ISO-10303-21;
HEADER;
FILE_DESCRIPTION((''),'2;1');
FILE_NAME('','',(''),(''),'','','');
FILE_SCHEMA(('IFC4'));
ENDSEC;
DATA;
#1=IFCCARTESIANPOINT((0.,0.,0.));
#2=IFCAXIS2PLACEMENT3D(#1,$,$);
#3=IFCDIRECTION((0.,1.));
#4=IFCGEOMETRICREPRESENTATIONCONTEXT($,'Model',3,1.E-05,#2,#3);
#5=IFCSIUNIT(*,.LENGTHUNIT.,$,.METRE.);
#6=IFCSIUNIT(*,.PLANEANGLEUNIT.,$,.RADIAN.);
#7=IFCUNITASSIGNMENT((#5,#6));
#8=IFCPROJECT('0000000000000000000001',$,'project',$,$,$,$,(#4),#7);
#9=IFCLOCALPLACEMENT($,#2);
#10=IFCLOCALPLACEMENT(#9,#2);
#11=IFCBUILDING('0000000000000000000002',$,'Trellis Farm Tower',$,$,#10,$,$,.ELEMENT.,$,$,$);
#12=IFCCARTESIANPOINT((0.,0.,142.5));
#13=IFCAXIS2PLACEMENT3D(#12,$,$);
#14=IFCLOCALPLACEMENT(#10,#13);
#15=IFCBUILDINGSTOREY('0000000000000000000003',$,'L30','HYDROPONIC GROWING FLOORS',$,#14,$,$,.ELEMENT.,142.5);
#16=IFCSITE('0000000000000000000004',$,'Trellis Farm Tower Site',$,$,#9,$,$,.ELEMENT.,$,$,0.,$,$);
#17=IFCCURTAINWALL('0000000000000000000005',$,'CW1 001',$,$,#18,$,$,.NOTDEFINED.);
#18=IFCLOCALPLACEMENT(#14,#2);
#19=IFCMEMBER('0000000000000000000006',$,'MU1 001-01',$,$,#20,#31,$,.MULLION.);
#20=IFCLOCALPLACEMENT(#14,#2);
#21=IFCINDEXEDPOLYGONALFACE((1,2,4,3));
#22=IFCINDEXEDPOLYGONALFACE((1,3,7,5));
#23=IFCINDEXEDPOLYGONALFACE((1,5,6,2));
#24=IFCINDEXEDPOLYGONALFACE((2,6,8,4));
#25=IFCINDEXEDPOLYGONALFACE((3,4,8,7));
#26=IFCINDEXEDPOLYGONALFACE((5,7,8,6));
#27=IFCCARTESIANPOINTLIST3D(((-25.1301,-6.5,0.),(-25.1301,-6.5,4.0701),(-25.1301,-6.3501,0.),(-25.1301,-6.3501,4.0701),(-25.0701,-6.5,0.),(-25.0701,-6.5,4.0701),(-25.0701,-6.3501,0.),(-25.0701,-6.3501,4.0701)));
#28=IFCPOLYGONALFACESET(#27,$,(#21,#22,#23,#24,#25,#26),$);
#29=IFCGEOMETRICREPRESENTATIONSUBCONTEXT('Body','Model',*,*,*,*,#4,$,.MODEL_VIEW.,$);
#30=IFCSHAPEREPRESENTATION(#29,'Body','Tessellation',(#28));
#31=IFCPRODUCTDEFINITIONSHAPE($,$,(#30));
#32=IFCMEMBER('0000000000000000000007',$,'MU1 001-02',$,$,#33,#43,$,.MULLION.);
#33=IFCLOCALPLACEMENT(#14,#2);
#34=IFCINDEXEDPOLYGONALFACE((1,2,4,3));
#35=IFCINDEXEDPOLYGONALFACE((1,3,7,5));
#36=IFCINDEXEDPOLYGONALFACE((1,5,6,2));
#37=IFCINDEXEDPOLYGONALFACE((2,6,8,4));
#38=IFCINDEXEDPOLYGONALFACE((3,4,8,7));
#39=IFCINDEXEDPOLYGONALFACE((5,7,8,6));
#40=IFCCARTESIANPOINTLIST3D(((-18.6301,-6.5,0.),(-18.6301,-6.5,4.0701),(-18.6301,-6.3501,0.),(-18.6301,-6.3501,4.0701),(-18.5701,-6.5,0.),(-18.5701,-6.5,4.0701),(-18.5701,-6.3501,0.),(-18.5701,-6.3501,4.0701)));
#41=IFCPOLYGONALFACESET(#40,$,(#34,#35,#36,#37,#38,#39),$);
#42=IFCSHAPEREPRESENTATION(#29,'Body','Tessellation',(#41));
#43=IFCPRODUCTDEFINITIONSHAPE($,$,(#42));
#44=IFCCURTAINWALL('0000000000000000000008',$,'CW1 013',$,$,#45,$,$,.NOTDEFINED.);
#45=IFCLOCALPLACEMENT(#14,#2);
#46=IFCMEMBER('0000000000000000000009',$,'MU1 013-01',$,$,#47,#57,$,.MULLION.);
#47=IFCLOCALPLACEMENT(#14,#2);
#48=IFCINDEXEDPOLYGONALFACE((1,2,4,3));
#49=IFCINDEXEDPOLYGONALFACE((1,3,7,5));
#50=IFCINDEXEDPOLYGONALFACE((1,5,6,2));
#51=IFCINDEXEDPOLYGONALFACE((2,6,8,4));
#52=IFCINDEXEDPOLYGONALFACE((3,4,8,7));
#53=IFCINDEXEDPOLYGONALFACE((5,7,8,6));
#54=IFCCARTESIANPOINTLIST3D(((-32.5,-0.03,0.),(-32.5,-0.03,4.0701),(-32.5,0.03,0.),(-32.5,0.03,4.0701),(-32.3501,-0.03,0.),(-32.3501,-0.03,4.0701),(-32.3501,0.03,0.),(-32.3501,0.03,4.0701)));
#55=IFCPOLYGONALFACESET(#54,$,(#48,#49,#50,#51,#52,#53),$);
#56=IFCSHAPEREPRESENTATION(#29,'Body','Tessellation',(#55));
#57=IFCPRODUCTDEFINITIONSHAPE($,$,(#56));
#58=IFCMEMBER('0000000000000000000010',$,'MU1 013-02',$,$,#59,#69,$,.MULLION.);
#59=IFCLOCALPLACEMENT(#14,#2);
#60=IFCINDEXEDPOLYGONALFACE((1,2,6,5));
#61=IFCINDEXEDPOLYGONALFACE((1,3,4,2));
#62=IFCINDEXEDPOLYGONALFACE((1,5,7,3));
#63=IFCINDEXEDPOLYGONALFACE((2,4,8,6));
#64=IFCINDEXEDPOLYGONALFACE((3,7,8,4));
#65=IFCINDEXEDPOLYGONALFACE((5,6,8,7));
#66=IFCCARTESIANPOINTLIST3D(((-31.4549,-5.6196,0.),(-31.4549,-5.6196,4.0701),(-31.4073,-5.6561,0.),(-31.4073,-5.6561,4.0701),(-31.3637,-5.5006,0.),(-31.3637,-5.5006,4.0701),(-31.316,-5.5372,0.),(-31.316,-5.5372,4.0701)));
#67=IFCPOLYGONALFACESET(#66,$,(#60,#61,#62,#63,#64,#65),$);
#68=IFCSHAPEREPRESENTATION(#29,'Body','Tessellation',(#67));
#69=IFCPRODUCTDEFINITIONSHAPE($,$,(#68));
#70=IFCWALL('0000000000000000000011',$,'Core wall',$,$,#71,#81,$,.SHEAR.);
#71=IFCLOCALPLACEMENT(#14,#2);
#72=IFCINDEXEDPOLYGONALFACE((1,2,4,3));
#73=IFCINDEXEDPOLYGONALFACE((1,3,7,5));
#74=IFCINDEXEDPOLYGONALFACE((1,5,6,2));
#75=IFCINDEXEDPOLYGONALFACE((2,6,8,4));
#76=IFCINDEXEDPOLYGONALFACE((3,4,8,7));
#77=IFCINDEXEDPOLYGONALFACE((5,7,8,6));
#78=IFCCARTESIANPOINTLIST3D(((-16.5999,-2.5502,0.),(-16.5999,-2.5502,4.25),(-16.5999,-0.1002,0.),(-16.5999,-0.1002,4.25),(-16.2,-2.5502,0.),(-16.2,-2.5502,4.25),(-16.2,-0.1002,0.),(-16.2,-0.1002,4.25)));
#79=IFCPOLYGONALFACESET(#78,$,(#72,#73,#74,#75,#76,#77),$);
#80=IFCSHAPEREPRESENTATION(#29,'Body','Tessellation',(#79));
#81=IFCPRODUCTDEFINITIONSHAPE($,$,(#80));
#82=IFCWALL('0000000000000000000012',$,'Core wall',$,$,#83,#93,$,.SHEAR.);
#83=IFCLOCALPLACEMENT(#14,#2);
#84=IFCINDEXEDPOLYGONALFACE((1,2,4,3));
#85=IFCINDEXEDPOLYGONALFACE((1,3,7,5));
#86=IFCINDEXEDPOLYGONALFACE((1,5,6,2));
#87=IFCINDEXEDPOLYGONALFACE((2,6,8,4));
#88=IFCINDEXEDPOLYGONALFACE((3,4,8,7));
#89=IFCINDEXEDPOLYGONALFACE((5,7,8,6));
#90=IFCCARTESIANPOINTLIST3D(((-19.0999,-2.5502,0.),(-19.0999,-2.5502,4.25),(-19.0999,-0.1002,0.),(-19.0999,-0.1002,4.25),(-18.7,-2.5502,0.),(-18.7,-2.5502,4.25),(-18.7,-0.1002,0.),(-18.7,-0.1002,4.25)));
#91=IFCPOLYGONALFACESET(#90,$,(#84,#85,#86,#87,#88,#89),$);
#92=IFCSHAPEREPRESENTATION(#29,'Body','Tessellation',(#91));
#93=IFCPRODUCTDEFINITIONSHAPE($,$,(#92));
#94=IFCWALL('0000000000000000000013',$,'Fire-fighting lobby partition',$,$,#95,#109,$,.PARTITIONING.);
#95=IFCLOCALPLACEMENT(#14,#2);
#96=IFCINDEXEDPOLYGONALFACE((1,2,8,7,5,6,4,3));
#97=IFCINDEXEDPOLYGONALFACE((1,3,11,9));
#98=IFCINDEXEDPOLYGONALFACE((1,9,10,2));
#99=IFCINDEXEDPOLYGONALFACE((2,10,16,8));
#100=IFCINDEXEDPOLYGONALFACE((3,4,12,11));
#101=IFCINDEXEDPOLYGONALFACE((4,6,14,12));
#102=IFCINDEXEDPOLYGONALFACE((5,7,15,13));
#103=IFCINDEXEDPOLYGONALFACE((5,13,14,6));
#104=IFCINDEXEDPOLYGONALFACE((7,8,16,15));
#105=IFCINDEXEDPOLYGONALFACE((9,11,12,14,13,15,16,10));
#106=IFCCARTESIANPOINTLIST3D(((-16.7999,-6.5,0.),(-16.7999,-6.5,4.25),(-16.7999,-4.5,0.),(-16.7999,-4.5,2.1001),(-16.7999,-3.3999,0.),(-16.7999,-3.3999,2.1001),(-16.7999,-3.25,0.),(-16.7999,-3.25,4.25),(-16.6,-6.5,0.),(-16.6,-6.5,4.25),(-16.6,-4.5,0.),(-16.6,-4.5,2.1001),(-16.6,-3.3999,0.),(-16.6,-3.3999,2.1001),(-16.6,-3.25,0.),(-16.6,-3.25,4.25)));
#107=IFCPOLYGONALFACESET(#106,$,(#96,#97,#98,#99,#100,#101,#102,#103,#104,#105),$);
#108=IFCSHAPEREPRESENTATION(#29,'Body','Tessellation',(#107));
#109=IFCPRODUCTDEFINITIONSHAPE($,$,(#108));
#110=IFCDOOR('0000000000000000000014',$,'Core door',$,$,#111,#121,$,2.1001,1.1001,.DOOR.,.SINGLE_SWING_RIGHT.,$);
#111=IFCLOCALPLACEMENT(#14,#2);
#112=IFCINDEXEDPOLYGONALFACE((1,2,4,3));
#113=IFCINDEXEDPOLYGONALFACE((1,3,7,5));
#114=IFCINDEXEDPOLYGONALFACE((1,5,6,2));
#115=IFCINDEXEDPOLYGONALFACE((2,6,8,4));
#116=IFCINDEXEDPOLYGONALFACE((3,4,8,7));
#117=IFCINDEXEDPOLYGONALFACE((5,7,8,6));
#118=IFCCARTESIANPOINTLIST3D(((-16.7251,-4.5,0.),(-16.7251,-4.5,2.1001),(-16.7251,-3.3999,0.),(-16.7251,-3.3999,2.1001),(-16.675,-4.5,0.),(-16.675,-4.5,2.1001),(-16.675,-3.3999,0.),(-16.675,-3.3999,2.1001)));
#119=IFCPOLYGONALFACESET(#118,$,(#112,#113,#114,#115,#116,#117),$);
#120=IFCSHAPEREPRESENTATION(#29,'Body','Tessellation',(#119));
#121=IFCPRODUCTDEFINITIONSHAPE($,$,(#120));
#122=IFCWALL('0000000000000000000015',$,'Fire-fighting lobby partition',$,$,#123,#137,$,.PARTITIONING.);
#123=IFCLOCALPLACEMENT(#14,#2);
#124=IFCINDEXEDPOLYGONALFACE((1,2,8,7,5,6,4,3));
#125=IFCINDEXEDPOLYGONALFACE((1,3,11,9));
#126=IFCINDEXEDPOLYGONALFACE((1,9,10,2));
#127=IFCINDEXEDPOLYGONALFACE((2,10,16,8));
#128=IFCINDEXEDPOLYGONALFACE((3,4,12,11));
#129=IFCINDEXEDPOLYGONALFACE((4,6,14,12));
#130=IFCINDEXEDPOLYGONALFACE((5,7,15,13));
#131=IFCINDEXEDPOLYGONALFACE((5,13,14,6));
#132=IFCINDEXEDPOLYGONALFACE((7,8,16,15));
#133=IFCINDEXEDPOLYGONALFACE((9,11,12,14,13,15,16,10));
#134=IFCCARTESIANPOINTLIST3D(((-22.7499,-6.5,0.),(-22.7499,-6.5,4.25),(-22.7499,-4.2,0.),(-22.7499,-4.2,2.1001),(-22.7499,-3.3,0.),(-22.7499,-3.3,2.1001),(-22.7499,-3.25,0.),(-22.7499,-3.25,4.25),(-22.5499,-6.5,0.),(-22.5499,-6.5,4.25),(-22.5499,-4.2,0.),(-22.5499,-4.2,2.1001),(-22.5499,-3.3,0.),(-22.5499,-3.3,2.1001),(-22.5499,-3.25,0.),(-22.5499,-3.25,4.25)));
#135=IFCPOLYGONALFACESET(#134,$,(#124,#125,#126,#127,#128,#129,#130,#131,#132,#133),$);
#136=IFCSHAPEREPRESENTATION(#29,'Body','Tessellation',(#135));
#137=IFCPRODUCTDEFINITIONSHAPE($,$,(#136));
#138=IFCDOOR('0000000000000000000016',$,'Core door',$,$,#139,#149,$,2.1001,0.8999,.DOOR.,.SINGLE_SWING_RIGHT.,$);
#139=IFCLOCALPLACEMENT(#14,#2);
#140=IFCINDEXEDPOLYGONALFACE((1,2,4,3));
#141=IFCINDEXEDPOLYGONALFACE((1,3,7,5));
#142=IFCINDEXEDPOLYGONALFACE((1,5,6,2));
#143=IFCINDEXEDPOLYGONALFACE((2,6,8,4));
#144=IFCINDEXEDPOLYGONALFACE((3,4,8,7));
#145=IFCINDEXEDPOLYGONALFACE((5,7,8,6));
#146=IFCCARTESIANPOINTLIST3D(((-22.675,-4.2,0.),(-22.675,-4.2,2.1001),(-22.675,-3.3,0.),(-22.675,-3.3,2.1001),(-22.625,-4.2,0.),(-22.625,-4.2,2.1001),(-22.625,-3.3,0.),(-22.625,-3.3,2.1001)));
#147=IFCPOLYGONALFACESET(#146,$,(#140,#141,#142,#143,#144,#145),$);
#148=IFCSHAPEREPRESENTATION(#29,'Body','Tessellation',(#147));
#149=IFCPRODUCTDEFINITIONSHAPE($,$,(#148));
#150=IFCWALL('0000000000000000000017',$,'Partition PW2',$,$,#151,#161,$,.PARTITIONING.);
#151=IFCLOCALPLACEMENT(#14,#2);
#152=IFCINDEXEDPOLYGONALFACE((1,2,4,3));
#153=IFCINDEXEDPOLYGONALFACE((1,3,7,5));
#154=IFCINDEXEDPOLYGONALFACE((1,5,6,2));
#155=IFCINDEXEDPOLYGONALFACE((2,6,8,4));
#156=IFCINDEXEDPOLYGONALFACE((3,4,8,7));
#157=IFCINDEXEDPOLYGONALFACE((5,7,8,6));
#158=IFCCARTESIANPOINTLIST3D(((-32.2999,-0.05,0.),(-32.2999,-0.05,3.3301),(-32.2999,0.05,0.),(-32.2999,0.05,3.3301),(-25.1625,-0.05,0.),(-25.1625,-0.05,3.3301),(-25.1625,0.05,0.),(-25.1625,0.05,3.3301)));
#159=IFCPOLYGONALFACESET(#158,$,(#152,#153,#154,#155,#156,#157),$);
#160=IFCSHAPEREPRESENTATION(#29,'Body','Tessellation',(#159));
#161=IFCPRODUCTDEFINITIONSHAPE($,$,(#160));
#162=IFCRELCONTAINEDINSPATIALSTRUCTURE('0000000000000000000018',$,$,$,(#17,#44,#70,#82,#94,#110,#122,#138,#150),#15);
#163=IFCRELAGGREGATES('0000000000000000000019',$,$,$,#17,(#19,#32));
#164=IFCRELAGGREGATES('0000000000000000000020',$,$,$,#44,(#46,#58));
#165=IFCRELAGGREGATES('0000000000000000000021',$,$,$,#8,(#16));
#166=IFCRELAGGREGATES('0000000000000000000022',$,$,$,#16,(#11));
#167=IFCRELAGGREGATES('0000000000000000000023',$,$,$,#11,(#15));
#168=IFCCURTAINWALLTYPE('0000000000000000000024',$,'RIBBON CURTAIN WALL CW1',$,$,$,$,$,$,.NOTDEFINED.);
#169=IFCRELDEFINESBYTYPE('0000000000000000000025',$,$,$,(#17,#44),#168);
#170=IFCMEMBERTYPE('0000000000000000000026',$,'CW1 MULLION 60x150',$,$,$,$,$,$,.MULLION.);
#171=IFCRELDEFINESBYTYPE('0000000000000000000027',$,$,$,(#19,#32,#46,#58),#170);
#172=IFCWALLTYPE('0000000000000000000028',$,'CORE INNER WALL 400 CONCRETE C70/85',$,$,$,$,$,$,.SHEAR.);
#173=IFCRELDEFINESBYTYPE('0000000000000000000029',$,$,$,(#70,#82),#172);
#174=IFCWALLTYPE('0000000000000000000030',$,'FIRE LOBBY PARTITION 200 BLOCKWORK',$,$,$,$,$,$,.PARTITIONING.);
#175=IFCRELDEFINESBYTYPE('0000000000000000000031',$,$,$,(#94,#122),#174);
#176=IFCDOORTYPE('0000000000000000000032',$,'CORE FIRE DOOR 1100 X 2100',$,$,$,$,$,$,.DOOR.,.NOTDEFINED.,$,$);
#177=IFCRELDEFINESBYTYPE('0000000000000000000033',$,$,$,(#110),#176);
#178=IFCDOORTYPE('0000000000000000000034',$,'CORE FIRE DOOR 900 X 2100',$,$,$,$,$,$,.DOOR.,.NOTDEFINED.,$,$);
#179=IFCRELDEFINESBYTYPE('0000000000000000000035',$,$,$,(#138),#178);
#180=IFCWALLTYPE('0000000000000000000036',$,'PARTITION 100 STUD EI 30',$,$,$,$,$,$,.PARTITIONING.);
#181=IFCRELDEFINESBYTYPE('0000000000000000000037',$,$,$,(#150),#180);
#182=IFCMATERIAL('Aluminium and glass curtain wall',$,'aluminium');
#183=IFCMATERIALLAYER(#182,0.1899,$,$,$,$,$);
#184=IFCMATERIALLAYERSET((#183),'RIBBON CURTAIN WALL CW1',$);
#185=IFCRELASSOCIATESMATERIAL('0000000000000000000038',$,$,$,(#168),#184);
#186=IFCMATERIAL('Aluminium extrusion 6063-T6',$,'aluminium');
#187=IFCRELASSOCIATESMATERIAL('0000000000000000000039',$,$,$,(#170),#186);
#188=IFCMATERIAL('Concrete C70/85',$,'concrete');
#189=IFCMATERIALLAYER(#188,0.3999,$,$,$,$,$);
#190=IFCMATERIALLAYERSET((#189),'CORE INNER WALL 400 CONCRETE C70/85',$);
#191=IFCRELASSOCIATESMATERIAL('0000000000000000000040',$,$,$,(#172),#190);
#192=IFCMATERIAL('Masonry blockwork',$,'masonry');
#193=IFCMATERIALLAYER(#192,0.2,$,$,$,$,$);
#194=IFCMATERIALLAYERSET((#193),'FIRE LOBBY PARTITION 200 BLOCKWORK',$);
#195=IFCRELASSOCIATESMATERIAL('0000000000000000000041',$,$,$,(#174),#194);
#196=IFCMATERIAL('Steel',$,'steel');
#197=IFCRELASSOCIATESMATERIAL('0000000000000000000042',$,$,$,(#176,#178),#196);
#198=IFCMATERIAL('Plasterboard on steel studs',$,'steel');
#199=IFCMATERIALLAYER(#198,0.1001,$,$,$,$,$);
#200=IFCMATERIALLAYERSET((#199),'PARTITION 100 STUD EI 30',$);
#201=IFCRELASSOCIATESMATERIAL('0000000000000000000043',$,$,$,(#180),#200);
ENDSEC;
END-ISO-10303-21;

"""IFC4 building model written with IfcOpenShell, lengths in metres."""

from ifc_helpers import new_model, si_unit, direction, frame, frame_2d, origin, origin_2d, place, context, subcontext, project, spatial, rectangle, extrude, source, transform, mapped, material, layer, layer_set, material_profile, profile_set, type_object, element, fill, aggregate, save


model = new_model("IFC4")

# Units and contexts
model_context = context("Model", 3, precision=1e-05, world=origin(), true_north=direction((0.0, 1.0)))
body_context = subcontext(model_context, "Body", "Model", "MODEL_VIEW")
ifc_project = project(units=[si_unit("LENGTHUNIT", "METRE"), si_unit("PLANEANGLEUNIT", "RADIAN")], contexts=[model_context])

# Site, building, storey
site_placement = place(None, origin())
site = spatial("IfcSite", under=ifc_project, at=site_placement, Name="Trellis Farm Tower Site", CompositionType="ELEMENT", RefElevation=0.0)
building_placement = place(site_placement, origin())
building = spatial("IfcBuilding", under=site, at=building_placement, Name="Trellis Farm Tower", CompositionType="ELEMENT")
storey_placement = place(building_placement, frame((0.0, 0.0, 142.5)))
storey = spatial("IfcBuildingStorey", under=building, at=storey_placement, Name="L30", Description="HYDROPONIC GROWING FLOORS", CompositionType="ELEMENT", Elevation=142.5)

# Curtain walls, members
ifc_material_1 = material(Name="Aluminium and glass curtain wall", Category="aluminium")
ifc_layer_1 = layer(ifc_material_1, 0.1899)
ifc_layer_set_1 = layer_set([ifc_layer_1], Name="RIBBON CURTAIN WALL CW1")
curtain_wall_type = type_object("IfcCurtainWallType", Name="RIBBON CURTAIN WALL CW1", PredefinedType="NOTDEFINED", material=ifc_layer_set_1)
placement = place(storey_placement, origin())
curtain_wall_1 = element("IfcCurtainWall", 1, at=placement, inside=storey, type_object=curtain_wall_type, Name="CW1 001", PredefinedType="NOTDEFINED")
ifc_material_2 = material(Name="Aluminium extrusion 6063-T6", Category="aluminium")
ifc_material_profile_1 = material_profile(ifc_material_2, rectangle(XDim=0.0601, YDim=0.1499, at=origin_2d()), Name="MULLION 60x150")
ifc_profile_set_1 = profile_set([ifc_material_profile_1], Name="Aluminium extrusion 6063-T6")
member_type = type_object("IfcMemberType", Name="CW1 MULLION 60x150", PredefinedType="MULLION", material=ifc_profile_set_1)
shared_shape_1 = source(origin(), body_context, "Body", "SweptSolid", [
    extrude(rectangle(XDim=0.0601, YDim=0.1499, at=origin_2d()), origin(), (0.0, 0.0, 1.0), 4.0701),
])
member_1_placement = place(storey_placement, frame((-25.1001, -6.425, 0.0), z_axis=(0.0, 0.0, 1.0), x_axis=(1.0, 0.0, 0.0)))
member_1 = element("IfcMember", 2, at=member_1_placement, type_object=member_type, Name="MU1 001-01", PredefinedType="MULLION", context=body_context, shape_type="MappedRepresentation", body=[
    mapped(shared_shape_1, transform((0.0, 0.0, 0.0))),
])
member_2_placement = place(storey_placement, frame((-18.6001, -6.425, 0.0), z_axis=(0.0, 0.0, 1.0), x_axis=(1.0, 0.0, 0.0)))
member_2 = element("IfcMember", 3, at=member_2_placement, type_object=member_type, Name="MU1 001-02", PredefinedType="MULLION", context=body_context, shape_type="MappedRepresentation", body=[
    mapped(shared_shape_1, transform((0.0, 0.0, 0.0))),
])
aggregate(curtain_wall_1, [member_1, member_2])
curtain_wall_2 = element("IfcCurtainWall", 4, at=placement, inside=storey, type_object=curtain_wall_type, Name="CW1 013", PredefinedType="NOTDEFINED")
member_3_placement = place(storey_placement, frame((-32.425, 0.0, 0.0), z_axis=(0.0, 0.0, 1.0), x_axis=(0.0, -1.0, 0.0)))
member_3 = element("IfcMember", 5, at=member_3_placement, type_object=member_type, Name="MU1 013-01", PredefinedType="MULLION", context=body_context, shape_type="MappedRepresentation", body=[
    mapped(shared_shape_1, transform((0.0, 0.0, 0.0))),
])
member_4_placement = place(storey_placement, frame((-31.3855, -5.5784, 0.0), z_axis=(0.0, 0.0, 1.0), x_axis=(0.793353, -0.608761, 0.0)))
member_4 = element("IfcMember", 6, at=member_4_placement, type_object=member_type, Name="MU1 013-02", PredefinedType="MULLION", context=body_context, shape_type="MappedRepresentation", body=[
    mapped(shared_shape_1, transform((0.0, 0.0, 0.0))),
])
aggregate(curtain_wall_2, [member_3, member_4])

# Walls
ifc_material_3 = material(Name="Concrete C70/85", Category="concrete")
ifc_layer_2 = layer(ifc_material_3, 0.3999)
ifc_layer_set_2 = layer_set([ifc_layer_2], Name="CORE INNER WALL 400 CONCRETE C70/85")
wall_type_1 = type_object("IfcWallType", Name="CORE INNER WALL 400 CONCRETE C70/85", PredefinedType="SHEAR", material=ifc_layer_set_2)
shared_shape_2 = source(origin(), body_context, "Body", "SweptSolid", [
    extrude(rectangle(XDim=2.45, YDim=0.3999, at=frame_2d((1.2251, 0.0))), origin(), (0.0, 0.0, 1.0), 4.25),
])
for number, where, z_axis, x_axis, name in (
    (7, (-16.3999, -0.1001, 0.0), (0.0, 0.0, 1.0), (0.0, -1.0, 0.0), "Core wall"),
    (8, (-18.8999, -0.1001, 0.0), (0.0, 0.0, 1.0), (0.0, -1.0, 0.0), "Core wall"),
):
    element("IfcWall", number, at=place(storey_placement, frame(where, z_axis=z_axis, x_axis=x_axis)), inside=storey, type_object=wall_type_1, Name=name, PredefinedType="SHEAR", context=body_context, shape_type="MappedRepresentation", body=[
        mapped(shared_shape_2, transform((0.0, 0.0, 0.0))),
    ])

# Walls, openings, doors
ifc_material_4 = material(Name="Masonry blockwork", Category="masonry")
ifc_layer_3 = layer(ifc_material_4, 0.2)
ifc_layer_set_3 = layer_set([ifc_layer_3], Name="FIRE LOBBY PARTITION 200 BLOCKWORK")
wall_type_2 = type_object("IfcWallType", Name="FIRE LOBBY PARTITION 200 BLOCKWORK", PredefinedType="PARTITIONING", material=ifc_layer_set_3)
shared_shape_3 = source(origin(), body_context, "Body", "SweptSolid", [
    extrude(rectangle(XDim=3.25, YDim=0.2, at=frame_2d((1.625, 0.0))), origin(), (0.0, 0.0, 1.0), 4.25),
])
wall_1_placement = place(storey_placement, frame((-16.7, -3.25, 0.0), z_axis=(0.0, 0.0, 1.0), x_axis=(0.0, -1.0, 0.0)))
wall_1 = element("IfcWall", 9, at=wall_1_placement, inside=storey, type_object=wall_type_2, Name="Fire-fighting lobby partition", PredefinedType="PARTITIONING", context=body_context, shape_type="MappedRepresentation", body=[
    mapped(shared_shape_3, transform((0.0, 0.0, 0.0))),
])
shared_shape_4 = source(origin(), body_context, "Body", "SweptSolid", [
    extrude(rectangle(XDim=1.1001, YDim=2.1001, at=frame_2d((0.55, 1.05))), frame((0.0, 0.1101, 0.0), z_axis=(0.0, -1.0, 0.0), x_axis=(1.0, 0.0, 0.0)), (0.0, 0.0, 1.0), 0.2202),
])
opening_1_placement = place(wall_1_placement, frame((0.1499, 0.0, 0.0)))
opening_1 = element("IfcOpeningElement", 10, at=opening_1_placement, cuts=wall_1, PredefinedType="OPENING", context=body_context, shape_type="MappedRepresentation", body=[
    mapped(shared_shape_4, transform((0.0, 0.0, 0.0))),
])
ifc_material_5 = material(Name="Steel", Category="steel")
door_type_1 = type_object("IfcDoorType", Name="CORE FIRE DOOR 1100 X 2100", OperationType="NOTDEFINED", PredefinedType="DOOR", material=ifc_material_5)
shared_shape_5 = source(origin(), body_context, "Body", "SweptSolid", [
    extrude(rectangle(XDim=1.1001, YDim=2.1001, at=frame_2d((0.55, 1.05))), frame((0.0, 0.0249, 0.0), z_axis=(0.0, -1.0, 0.0), x_axis=(1.0, 0.0, 0.0)), (0.0, 0.0, 1.0), 0.05),
])
door_1_placement = place(opening_1_placement, origin())
door_1 = element("IfcDoor", 11, at=door_1_placement, inside=storey, type_object=door_type_1, Name="Core door", OperationType="SINGLE_SWING_RIGHT", OverallHeight=2.1001, OverallWidth=1.1001, PredefinedType="DOOR", context=body_context, shape_type="MappedRepresentation", body=[
    mapped(shared_shape_5, transform((0.0, 0.0, 0.0))),
])
fill(opening_1, door_1)
wall_2_placement = place(storey_placement, frame((-22.6499, -3.25, 0.0), z_axis=(0.0, 0.0, 1.0), x_axis=(0.0, -1.0, 0.0)))
wall_2 = element("IfcWall", 12, at=wall_2_placement, inside=storey, type_object=wall_type_2, Name="Fire-fighting lobby partition", PredefinedType="PARTITIONING", context=body_context, shape_type="MappedRepresentation", body=[
    mapped(shared_shape_3, transform((0.0, 0.0, 0.0))),
])
shared_shape_6 = source(origin(), body_context, "Body", "SweptSolid", [
    extrude(rectangle(XDim=0.8999, YDim=2.1001, at=frame_2d((0.45, 1.05))), frame((0.0, 0.1101, 0.0), z_axis=(0.0, -1.0, 0.0), x_axis=(1.0, 0.0, 0.0)), (0.0, 0.0, 1.0), 0.2202),
])
opening_2_placement = place(wall_2_placement, frame((0.05, 0.0, 0.0)))
opening_2 = element("IfcOpeningElement", 13, at=opening_2_placement, cuts=wall_2, PredefinedType="OPENING", context=body_context, shape_type="MappedRepresentation", body=[
    mapped(shared_shape_6, transform((0.0, 0.0, 0.0))),
])
door_type_2 = type_object("IfcDoorType", Name="CORE FIRE DOOR 900 X 2100", OperationType="NOTDEFINED", PredefinedType="DOOR", material=ifc_material_5)
shared_shape_7 = source(origin(), body_context, "Body", "SweptSolid", [
    extrude(rectangle(XDim=0.8999, YDim=2.1001, at=frame_2d((0.45, 1.05))), frame((0.0, 0.0249, 0.0), z_axis=(0.0, -1.0, 0.0), x_axis=(1.0, 0.0, 0.0)), (0.0, 0.0, 1.0), 0.05),
])
door_2_placement = place(opening_2_placement, origin())
door_2 = element("IfcDoor", 14, at=door_2_placement, inside=storey, type_object=door_type_2, Name="Core door", OperationType="SINGLE_SWING_RIGHT", OverallHeight=2.1001, OverallWidth=0.8999, PredefinedType="DOOR", context=body_context, shape_type="MappedRepresentation", body=[
    mapped(shared_shape_7, transform((0.0, 0.0, 0.0))),
])
fill(opening_2, door_2)

# Wall
ifc_material_6 = material(Name="Plasterboard on steel studs", Category="steel")
ifc_layer_4 = layer(ifc_material_6, 0.1001)
ifc_layer_set_4 = layer_set([ifc_layer_4], Name="PARTITION 100 STUD EI 30")
wall_type_3 = type_object("IfcWallType", Name="PARTITION 100 STUD EI 30", PredefinedType="PARTITIONING", material=ifc_layer_set_4)
shared_shape_8 = source(origin(), body_context, "Body", "SweptSolid", [
    extrude(rectangle(XDim=7.1375, YDim=0.1001, at=frame_2d((3.5688, 0.0))), origin(), (0.0, 0.0, 1.0), 3.3301),
])
wall_3_placement = place(storey_placement, frame((-32.3, 0.0, 0.0), z_axis=(0.0, 0.0, 1.0), x_axis=(1.0, 0.0, 0.0)))
element("IfcWall", 15, at=wall_3_placement, inside=storey, type_object=wall_type_3, Name="Partition PW2", PredefinedType="PARTITIONING", context=body_context, shape_type="MappedRepresentation", body=[
    mapped(shared_shape_8, transform((0.0, 0.0, 0.0))),
])

save(model, "model.ifc")
